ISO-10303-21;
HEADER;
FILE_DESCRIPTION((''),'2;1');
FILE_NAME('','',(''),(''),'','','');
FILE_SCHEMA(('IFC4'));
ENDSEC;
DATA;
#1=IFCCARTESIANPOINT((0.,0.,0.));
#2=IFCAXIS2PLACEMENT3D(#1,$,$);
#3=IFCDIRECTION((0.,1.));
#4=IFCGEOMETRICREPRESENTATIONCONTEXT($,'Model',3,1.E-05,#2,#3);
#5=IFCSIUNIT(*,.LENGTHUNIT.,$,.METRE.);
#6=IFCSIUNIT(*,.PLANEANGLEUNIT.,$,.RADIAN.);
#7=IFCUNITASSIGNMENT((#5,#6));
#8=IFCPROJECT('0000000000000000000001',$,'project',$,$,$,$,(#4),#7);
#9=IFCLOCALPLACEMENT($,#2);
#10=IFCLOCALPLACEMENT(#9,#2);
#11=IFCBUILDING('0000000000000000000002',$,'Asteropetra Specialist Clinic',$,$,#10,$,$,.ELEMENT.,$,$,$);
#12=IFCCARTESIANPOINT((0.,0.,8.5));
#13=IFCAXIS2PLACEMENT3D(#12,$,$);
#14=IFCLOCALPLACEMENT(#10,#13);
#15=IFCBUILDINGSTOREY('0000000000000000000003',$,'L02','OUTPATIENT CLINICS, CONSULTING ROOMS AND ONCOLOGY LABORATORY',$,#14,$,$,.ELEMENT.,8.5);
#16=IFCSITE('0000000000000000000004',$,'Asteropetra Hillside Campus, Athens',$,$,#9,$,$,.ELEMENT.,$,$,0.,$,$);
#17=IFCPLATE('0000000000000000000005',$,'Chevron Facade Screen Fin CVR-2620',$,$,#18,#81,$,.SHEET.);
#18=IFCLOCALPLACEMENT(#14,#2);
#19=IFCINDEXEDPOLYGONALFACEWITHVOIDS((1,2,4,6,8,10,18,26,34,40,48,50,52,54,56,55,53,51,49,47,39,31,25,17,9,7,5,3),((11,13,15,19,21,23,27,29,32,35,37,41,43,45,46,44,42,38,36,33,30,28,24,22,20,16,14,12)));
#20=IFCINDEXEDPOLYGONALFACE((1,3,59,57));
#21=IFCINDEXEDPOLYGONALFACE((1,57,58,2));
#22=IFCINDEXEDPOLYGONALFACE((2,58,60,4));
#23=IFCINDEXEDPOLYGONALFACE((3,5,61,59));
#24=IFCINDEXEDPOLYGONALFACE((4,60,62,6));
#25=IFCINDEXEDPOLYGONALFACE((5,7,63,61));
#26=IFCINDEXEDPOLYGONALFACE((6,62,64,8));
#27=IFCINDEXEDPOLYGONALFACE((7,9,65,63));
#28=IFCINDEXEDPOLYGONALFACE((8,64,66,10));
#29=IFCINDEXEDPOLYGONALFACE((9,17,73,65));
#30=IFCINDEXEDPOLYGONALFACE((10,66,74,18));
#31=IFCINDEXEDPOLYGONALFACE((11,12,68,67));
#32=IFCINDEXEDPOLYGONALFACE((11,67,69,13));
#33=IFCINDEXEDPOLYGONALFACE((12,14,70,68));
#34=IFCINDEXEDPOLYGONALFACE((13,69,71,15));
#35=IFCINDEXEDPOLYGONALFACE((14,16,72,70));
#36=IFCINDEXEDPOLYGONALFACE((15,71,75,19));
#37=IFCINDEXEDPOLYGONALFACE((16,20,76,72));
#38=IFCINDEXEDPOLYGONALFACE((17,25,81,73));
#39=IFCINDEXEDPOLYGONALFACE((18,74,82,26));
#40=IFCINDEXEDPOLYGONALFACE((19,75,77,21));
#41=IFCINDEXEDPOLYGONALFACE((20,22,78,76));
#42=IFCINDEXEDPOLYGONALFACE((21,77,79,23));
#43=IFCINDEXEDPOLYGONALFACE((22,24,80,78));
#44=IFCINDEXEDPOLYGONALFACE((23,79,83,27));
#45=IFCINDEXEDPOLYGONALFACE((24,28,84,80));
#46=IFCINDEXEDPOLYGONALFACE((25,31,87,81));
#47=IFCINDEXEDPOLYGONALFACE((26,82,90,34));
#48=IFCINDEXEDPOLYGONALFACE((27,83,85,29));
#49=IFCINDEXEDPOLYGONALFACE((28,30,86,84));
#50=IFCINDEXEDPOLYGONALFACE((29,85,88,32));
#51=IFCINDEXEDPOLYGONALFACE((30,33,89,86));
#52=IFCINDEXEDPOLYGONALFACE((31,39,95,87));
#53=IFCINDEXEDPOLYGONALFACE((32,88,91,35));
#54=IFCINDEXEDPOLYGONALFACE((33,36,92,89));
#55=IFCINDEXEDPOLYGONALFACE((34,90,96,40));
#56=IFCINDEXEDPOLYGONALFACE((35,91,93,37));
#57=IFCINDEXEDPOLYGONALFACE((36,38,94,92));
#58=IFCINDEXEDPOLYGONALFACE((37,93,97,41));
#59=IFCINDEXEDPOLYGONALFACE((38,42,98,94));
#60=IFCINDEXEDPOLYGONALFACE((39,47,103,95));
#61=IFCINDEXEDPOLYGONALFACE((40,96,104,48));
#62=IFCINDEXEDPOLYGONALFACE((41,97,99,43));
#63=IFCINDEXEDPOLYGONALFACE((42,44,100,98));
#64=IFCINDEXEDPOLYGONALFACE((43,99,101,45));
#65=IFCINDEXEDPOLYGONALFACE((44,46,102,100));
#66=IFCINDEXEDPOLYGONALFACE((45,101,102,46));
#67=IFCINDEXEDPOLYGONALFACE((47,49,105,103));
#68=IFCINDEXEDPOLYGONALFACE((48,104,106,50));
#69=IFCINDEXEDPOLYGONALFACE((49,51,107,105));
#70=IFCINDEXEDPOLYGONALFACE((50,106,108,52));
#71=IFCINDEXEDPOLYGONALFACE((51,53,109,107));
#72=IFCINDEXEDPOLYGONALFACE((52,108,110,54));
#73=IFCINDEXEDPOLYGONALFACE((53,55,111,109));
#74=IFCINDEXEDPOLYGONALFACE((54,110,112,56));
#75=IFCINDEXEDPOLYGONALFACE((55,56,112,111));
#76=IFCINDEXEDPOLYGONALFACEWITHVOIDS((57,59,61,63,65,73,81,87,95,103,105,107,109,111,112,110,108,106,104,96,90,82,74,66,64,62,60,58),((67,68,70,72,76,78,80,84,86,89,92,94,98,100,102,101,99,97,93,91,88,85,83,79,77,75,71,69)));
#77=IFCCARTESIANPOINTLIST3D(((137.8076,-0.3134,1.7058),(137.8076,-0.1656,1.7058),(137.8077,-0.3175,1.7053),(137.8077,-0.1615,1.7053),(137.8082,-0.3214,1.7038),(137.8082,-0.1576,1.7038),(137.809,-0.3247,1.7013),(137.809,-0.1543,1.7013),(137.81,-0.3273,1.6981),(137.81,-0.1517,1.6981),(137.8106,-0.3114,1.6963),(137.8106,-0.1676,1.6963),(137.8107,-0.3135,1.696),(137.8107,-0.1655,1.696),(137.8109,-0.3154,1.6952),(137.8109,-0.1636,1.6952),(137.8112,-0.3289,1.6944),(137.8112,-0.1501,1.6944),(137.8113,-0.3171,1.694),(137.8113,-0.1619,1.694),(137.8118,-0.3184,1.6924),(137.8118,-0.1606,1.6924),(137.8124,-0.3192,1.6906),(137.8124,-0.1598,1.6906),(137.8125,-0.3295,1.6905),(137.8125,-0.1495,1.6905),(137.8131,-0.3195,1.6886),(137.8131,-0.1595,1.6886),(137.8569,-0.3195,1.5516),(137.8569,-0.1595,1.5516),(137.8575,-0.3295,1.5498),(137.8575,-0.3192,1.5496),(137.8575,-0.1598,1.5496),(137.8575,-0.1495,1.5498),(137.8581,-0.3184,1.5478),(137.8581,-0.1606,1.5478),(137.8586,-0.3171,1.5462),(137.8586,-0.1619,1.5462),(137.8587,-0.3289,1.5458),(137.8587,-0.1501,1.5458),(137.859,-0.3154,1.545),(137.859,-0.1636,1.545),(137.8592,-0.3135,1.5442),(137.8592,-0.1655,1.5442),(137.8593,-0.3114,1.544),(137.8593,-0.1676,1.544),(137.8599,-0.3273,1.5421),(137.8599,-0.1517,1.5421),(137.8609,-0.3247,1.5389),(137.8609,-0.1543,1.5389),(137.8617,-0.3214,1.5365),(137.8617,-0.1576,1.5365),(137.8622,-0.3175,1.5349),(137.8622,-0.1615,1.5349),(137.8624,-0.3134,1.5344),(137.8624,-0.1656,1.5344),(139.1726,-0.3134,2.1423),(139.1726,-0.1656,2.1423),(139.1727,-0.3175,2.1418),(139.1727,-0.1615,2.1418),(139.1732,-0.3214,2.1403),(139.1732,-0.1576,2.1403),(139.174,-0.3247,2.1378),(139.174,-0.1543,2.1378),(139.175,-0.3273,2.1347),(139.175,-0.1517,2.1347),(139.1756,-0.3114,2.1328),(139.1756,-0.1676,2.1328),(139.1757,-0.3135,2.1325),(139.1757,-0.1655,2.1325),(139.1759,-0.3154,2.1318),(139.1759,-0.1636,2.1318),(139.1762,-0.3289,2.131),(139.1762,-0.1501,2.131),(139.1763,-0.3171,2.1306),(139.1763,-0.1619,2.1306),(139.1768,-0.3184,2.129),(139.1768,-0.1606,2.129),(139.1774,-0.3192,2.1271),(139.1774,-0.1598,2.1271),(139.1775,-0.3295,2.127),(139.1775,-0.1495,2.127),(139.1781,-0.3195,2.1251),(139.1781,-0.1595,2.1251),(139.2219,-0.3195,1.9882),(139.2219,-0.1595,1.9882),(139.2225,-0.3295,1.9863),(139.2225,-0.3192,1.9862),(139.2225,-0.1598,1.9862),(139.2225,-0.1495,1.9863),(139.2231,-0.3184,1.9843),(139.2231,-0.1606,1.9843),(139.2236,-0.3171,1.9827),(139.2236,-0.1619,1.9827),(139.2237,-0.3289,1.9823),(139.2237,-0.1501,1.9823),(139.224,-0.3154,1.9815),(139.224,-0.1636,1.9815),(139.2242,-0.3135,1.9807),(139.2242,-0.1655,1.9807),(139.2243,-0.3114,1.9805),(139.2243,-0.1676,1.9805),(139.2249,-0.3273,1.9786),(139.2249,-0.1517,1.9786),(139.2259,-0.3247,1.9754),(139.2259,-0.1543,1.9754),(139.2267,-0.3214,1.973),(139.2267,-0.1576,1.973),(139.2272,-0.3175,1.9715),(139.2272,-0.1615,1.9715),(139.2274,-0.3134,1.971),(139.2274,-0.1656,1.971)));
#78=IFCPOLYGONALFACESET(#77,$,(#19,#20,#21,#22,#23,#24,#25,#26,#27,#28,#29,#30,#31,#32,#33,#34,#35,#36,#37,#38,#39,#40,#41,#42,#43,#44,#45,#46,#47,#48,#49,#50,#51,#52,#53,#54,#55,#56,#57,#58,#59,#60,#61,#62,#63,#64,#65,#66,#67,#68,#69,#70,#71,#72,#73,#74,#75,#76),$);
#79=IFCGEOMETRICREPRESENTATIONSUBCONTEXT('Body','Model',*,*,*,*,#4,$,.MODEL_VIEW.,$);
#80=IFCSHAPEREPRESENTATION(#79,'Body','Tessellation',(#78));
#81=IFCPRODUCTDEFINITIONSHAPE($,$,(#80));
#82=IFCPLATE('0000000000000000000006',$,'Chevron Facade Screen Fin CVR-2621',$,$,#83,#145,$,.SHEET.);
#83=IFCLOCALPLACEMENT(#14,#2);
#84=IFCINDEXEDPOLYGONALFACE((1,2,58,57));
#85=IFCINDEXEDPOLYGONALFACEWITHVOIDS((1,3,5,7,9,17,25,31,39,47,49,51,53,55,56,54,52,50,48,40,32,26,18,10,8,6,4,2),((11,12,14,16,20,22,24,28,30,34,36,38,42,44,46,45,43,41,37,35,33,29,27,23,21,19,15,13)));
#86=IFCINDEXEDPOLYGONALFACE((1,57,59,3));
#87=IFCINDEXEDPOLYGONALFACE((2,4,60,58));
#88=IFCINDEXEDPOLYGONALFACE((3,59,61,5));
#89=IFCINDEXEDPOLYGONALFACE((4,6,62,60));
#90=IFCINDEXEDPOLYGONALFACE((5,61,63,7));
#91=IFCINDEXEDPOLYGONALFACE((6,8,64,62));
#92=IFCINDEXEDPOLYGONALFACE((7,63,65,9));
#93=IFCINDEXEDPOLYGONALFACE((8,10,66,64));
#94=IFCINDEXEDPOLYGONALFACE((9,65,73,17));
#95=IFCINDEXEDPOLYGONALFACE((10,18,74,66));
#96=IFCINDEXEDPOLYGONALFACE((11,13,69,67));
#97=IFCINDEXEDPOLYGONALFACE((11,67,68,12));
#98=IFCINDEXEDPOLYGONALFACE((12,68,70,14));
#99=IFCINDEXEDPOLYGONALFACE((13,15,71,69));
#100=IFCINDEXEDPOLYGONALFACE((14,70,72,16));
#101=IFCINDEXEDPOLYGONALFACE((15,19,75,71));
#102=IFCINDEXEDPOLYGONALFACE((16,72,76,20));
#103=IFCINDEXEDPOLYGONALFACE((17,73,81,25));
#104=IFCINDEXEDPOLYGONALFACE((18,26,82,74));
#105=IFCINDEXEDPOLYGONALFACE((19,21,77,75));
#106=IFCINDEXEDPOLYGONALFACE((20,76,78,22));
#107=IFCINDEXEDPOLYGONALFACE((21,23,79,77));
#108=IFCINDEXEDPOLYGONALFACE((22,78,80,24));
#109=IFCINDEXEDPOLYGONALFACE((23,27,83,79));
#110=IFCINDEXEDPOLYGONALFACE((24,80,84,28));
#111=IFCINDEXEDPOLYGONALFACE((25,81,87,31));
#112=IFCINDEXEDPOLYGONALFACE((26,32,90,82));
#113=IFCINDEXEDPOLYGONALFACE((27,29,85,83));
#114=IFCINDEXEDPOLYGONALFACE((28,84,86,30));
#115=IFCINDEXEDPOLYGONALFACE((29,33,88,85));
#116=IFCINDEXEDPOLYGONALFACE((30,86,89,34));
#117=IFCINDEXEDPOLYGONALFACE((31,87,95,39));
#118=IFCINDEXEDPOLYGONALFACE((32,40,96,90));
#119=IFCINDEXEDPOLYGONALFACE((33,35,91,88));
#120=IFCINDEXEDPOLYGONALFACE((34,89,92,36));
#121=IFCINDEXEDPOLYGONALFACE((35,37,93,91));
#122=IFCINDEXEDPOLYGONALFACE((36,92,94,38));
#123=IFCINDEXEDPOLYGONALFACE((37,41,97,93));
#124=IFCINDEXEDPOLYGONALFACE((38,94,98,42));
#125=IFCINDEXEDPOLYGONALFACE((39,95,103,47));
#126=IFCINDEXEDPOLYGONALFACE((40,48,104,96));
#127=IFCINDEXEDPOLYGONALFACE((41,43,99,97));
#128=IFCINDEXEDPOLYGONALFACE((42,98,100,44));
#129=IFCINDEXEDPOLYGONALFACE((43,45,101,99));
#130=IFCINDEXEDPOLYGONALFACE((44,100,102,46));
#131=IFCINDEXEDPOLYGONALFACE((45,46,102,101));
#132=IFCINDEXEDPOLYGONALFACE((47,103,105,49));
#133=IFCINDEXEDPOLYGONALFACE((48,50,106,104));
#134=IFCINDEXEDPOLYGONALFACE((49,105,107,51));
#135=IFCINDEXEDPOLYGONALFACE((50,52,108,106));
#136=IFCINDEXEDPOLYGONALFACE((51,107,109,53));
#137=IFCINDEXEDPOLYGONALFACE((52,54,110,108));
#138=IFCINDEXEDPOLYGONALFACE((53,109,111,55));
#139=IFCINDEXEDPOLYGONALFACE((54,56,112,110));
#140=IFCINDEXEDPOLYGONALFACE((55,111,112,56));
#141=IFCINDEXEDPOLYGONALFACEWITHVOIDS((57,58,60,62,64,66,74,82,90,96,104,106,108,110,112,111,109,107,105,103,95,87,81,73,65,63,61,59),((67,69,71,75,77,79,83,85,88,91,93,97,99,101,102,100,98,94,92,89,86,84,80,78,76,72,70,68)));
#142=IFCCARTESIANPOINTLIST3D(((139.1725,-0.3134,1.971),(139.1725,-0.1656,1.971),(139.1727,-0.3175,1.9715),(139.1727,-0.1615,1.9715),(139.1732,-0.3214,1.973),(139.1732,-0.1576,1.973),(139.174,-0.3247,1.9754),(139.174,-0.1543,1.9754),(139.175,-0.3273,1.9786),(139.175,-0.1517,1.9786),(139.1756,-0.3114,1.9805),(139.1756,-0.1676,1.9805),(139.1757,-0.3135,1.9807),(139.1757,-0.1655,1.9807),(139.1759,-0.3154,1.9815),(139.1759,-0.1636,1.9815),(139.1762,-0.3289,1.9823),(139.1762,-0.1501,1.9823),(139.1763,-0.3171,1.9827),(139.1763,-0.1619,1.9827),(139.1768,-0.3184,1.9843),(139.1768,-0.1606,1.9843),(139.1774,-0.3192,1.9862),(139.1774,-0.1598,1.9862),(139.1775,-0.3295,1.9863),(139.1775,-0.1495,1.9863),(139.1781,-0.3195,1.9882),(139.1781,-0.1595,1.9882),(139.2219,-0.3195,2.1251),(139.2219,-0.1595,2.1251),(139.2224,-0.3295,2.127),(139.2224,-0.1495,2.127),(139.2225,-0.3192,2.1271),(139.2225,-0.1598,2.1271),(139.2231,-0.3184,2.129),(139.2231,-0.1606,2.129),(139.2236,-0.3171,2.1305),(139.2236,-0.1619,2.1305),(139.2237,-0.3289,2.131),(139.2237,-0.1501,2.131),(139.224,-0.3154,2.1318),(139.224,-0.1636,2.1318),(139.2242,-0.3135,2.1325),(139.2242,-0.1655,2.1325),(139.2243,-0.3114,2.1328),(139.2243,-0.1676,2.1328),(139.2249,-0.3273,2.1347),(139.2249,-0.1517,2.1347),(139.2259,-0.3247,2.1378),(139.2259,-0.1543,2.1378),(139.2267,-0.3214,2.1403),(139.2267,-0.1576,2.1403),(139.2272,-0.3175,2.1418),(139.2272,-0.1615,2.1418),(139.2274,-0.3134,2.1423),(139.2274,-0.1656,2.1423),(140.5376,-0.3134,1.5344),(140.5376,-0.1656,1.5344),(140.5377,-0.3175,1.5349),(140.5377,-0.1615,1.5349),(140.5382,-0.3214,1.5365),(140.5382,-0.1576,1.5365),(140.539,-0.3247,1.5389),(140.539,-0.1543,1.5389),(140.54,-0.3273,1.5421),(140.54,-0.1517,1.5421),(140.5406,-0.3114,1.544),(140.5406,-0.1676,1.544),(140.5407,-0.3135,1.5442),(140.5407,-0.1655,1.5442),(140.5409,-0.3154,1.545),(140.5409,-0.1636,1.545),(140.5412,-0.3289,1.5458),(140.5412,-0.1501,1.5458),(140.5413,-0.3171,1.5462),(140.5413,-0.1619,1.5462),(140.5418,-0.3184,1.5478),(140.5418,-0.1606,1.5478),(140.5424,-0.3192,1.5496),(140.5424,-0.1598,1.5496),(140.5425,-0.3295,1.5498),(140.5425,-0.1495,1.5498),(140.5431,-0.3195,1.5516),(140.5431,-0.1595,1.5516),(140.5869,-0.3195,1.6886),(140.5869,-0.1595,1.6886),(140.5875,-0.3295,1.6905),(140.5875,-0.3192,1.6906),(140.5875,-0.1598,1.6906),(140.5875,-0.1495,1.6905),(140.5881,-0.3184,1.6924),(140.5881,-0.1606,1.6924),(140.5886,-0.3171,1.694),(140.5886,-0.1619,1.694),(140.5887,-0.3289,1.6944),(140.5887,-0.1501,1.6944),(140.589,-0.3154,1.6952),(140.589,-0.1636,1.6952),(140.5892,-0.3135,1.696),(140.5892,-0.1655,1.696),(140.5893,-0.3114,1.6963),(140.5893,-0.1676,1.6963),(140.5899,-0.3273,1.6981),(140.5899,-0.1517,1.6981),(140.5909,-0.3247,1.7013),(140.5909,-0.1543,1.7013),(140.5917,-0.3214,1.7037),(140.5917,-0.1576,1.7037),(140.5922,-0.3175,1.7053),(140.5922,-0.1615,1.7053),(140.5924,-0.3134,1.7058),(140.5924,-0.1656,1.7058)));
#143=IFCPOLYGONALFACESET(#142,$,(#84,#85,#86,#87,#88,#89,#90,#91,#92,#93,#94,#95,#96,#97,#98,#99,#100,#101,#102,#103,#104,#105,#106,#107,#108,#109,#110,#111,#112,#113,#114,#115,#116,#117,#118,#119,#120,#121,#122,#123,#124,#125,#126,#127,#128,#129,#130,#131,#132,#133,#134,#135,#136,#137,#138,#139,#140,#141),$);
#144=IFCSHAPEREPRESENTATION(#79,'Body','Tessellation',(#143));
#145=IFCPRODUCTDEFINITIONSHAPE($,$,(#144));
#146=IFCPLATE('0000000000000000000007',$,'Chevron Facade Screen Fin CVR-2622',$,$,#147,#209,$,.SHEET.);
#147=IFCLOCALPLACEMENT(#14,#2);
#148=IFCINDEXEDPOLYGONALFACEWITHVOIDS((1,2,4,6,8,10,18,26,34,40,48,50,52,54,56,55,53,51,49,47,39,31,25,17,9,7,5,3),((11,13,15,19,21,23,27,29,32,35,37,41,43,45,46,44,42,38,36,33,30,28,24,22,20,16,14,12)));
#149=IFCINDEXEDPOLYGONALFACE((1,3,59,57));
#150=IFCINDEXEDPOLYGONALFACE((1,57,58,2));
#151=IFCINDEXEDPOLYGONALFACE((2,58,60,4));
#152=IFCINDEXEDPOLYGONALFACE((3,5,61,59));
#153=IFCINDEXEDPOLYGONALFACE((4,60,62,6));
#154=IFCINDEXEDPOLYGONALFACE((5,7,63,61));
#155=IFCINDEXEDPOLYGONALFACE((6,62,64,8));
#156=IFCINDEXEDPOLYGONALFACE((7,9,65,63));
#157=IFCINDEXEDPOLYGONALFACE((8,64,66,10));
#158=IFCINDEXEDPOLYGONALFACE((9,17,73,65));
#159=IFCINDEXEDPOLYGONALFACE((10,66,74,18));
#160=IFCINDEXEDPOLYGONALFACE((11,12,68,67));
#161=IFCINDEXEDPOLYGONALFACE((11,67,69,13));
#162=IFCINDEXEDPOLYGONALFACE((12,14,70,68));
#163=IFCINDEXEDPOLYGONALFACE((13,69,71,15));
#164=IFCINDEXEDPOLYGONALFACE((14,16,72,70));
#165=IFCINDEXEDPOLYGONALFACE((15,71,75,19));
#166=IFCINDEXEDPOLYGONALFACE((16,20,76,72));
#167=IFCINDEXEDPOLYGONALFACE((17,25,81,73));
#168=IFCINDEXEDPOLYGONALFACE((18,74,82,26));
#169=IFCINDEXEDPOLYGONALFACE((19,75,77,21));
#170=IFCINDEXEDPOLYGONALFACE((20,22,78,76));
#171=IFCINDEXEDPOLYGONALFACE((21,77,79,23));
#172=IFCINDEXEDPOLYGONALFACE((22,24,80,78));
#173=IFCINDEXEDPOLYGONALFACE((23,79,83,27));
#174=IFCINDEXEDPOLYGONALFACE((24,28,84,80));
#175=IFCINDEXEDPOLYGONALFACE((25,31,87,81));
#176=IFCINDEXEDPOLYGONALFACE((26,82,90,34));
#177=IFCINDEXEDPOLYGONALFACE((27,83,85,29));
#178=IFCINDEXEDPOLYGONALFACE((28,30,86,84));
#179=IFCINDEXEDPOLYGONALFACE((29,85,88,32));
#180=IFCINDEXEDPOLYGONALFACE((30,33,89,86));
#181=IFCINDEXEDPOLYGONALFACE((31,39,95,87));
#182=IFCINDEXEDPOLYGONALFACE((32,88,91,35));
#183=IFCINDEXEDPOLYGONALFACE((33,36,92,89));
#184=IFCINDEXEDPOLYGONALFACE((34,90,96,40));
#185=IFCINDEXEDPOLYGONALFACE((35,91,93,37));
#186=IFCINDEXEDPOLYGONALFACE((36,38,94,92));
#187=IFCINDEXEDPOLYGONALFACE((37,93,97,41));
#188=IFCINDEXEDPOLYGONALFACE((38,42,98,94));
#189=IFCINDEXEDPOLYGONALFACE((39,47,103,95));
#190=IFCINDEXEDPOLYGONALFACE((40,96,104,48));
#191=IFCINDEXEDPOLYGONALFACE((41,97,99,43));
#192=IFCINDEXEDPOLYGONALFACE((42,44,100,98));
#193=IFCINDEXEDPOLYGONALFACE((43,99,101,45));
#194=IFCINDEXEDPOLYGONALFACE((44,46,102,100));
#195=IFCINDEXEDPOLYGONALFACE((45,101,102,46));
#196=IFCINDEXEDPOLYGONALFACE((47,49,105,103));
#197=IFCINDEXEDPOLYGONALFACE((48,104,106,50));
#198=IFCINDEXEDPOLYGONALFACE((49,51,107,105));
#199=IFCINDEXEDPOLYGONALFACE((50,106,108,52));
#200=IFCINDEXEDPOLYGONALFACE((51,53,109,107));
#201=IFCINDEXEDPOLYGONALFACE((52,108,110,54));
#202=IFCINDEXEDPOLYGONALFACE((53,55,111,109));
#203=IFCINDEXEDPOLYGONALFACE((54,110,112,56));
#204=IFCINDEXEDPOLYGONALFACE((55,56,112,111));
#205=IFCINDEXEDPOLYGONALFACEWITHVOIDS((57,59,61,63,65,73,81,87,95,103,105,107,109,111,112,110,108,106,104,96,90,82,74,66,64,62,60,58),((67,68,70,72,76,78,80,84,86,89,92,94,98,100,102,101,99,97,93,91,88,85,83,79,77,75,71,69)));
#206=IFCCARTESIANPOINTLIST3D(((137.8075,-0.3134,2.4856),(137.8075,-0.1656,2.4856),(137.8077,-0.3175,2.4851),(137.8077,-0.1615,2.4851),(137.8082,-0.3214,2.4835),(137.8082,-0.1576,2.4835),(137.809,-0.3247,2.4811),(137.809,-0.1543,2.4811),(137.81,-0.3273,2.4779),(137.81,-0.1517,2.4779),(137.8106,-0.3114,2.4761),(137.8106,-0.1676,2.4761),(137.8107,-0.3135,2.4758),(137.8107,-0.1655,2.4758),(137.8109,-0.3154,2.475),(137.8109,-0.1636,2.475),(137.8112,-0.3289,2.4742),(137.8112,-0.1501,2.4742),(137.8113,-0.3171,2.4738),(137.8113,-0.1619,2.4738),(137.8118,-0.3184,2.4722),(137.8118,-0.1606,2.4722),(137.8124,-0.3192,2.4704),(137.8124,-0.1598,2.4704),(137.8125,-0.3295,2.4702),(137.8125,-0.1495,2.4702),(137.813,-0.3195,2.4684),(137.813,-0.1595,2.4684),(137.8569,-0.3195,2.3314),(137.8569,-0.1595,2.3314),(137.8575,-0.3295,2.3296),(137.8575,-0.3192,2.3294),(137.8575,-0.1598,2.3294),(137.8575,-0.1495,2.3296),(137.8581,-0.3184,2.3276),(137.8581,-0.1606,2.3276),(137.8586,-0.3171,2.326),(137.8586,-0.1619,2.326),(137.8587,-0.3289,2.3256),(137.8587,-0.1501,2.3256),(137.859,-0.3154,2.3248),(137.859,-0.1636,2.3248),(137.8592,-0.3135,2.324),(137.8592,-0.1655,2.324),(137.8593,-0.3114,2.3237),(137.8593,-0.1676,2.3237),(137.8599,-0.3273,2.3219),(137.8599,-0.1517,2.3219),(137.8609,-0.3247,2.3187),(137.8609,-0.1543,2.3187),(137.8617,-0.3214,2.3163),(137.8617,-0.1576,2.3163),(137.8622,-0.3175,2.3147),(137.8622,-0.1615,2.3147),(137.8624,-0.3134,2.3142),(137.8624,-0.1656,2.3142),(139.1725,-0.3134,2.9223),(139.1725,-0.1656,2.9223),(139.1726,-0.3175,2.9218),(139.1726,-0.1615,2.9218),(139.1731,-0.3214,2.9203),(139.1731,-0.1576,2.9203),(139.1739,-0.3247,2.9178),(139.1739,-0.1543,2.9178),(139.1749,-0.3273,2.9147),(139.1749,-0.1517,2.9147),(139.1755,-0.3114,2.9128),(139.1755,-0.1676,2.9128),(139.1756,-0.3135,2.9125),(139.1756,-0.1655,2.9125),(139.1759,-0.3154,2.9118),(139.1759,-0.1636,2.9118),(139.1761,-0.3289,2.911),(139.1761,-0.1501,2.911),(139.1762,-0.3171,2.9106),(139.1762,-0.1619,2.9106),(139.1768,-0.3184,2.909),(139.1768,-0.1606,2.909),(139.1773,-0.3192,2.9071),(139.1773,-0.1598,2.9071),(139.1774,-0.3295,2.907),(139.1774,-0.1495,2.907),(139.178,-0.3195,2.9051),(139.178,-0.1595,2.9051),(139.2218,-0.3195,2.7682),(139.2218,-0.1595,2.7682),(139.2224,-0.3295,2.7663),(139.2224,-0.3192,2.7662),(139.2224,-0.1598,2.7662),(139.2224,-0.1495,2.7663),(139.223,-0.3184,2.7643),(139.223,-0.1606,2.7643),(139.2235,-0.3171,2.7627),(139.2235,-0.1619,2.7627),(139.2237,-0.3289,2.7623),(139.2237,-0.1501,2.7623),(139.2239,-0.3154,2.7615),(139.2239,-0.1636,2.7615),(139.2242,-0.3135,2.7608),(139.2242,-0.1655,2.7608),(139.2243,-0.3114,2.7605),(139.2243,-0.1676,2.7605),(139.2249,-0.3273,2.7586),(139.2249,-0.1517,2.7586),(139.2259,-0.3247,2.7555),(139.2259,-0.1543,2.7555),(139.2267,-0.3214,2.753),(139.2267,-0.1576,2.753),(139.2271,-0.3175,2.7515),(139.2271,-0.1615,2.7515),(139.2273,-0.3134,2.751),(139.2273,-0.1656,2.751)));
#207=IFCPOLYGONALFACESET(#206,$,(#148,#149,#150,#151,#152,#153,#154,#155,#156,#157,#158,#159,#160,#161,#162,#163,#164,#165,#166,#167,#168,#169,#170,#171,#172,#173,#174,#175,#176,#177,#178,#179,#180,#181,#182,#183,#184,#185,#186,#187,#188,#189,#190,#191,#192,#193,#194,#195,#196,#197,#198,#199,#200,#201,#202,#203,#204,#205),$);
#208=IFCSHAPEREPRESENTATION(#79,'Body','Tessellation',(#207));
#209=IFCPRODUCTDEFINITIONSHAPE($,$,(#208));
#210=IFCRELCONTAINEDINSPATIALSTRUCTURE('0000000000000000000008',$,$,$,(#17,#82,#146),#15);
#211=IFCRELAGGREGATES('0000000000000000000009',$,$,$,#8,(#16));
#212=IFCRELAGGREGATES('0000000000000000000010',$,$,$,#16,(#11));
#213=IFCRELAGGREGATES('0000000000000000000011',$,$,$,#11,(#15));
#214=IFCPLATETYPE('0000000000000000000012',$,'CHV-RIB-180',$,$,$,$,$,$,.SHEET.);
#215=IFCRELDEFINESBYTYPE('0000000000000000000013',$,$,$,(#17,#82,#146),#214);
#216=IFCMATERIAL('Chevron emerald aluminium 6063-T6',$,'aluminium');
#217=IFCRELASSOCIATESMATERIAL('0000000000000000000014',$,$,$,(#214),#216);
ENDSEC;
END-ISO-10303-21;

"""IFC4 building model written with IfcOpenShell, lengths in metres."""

from ifc_helpers import new_model, si_unit, direction, frame, origin, origin_2d, place, context, subcontext, project, spatial, hollow_rectangle, extrude, material, material_profile, profile_set, type_object, element, save


model = new_model("IFC4")

# Units and contexts
model_context = context("Model", 3, precision=1e-05, world=origin(), true_north=direction((0.0, 1.0)))
body_context = subcontext(model_context, "Body", "Model", "MODEL_VIEW")
ifc_project = project(units=[si_unit("LENGTHUNIT", "METRE"), si_unit("PLANEANGLEUNIT", "RADIAN")], contexts=[model_context])

# Site, building, storey
site_placement = place(None, origin())
site = spatial("IfcSite", under=ifc_project, at=site_placement, Name="Asteropetra Hillside Campus, Athens", CompositionType="ELEMENT", RefElevation=0.0)
building_placement = place(site_placement, origin())
building = spatial("IfcBuilding", under=site, at=building_placement, Name="Asteropetra Specialist Clinic", CompositionType="ELEMENT")
storey_placement = place(building_placement, frame((0.0, 0.0, 8.5)))
storey = spatial("IfcBuildingStorey", under=building, at=storey_placement, Name="L02", Description="OUTPATIENT CLINICS, CONSULTING ROOMS AND ONCOLOGY LABORATORY", CompositionType="ELEMENT", Elevation=8.5)

# Plates
ifc_material_1 = material(Name="Chevron emerald aluminium 6063-T6", Category="aluminium")
ifc_material_profile = material_profile(ifc_material_1, hollow_rectangle(XDim=0.1799, YDim=0.1799, WallThickness=0.01, InnerFilletRadius=0.0081, OuterFilletRadius=0.0161, at=origin_2d()), Name="SHS 180x180x10.0")
ifc_profile_set = profile_set([ifc_material_profile], Name="Chevron emerald aluminium 6063-T6")
plate_type = type_object("IfcPlateType", Name="CHV-RIB-180", PredefinedType="SHEET", material=ifc_profile_set)
for number, where, z_axis, x_axis, name in (
    (1, (137.835, -0.2395, 1.6201), (0.95248, 0.0, 0.304603), (0.0, 1.0, 0.0), "Chevron Facade Screen Fin CVR-2620"),
    (2, (139.2, -0.2395, 2.0566), (0.95248, 0.0, -0.304603), (0.0, 1.0, 0.0), "Chevron Facade Screen Fin CVR-2621"),
    (3, (137.835, -0.2395, 2.3999), (0.95243, 0.0, 0.304757), (0.0, 1.0, 0.0), "Chevron Facade Screen Fin CVR-2622"),
):
    element("IfcPlate", number, at=place(storey_placement, frame(where, z_axis=z_axis, x_axis=x_axis)), inside=storey, type_object=plate_type, Name=name, PredefinedType="SHEET", context=body_context, shape_type="SweptSolid", body=[
        extrude(hollow_rectangle(XDim=0.1799, YDim=0.1799, WallThickness=0.01, InnerFilletRadius=0.0081, OuterFilletRadius=0.0161, at=origin_2d()), origin(), (0.0, 0.0, 1.0), 1.4331),
    ])

save(model, "model.ifc")
